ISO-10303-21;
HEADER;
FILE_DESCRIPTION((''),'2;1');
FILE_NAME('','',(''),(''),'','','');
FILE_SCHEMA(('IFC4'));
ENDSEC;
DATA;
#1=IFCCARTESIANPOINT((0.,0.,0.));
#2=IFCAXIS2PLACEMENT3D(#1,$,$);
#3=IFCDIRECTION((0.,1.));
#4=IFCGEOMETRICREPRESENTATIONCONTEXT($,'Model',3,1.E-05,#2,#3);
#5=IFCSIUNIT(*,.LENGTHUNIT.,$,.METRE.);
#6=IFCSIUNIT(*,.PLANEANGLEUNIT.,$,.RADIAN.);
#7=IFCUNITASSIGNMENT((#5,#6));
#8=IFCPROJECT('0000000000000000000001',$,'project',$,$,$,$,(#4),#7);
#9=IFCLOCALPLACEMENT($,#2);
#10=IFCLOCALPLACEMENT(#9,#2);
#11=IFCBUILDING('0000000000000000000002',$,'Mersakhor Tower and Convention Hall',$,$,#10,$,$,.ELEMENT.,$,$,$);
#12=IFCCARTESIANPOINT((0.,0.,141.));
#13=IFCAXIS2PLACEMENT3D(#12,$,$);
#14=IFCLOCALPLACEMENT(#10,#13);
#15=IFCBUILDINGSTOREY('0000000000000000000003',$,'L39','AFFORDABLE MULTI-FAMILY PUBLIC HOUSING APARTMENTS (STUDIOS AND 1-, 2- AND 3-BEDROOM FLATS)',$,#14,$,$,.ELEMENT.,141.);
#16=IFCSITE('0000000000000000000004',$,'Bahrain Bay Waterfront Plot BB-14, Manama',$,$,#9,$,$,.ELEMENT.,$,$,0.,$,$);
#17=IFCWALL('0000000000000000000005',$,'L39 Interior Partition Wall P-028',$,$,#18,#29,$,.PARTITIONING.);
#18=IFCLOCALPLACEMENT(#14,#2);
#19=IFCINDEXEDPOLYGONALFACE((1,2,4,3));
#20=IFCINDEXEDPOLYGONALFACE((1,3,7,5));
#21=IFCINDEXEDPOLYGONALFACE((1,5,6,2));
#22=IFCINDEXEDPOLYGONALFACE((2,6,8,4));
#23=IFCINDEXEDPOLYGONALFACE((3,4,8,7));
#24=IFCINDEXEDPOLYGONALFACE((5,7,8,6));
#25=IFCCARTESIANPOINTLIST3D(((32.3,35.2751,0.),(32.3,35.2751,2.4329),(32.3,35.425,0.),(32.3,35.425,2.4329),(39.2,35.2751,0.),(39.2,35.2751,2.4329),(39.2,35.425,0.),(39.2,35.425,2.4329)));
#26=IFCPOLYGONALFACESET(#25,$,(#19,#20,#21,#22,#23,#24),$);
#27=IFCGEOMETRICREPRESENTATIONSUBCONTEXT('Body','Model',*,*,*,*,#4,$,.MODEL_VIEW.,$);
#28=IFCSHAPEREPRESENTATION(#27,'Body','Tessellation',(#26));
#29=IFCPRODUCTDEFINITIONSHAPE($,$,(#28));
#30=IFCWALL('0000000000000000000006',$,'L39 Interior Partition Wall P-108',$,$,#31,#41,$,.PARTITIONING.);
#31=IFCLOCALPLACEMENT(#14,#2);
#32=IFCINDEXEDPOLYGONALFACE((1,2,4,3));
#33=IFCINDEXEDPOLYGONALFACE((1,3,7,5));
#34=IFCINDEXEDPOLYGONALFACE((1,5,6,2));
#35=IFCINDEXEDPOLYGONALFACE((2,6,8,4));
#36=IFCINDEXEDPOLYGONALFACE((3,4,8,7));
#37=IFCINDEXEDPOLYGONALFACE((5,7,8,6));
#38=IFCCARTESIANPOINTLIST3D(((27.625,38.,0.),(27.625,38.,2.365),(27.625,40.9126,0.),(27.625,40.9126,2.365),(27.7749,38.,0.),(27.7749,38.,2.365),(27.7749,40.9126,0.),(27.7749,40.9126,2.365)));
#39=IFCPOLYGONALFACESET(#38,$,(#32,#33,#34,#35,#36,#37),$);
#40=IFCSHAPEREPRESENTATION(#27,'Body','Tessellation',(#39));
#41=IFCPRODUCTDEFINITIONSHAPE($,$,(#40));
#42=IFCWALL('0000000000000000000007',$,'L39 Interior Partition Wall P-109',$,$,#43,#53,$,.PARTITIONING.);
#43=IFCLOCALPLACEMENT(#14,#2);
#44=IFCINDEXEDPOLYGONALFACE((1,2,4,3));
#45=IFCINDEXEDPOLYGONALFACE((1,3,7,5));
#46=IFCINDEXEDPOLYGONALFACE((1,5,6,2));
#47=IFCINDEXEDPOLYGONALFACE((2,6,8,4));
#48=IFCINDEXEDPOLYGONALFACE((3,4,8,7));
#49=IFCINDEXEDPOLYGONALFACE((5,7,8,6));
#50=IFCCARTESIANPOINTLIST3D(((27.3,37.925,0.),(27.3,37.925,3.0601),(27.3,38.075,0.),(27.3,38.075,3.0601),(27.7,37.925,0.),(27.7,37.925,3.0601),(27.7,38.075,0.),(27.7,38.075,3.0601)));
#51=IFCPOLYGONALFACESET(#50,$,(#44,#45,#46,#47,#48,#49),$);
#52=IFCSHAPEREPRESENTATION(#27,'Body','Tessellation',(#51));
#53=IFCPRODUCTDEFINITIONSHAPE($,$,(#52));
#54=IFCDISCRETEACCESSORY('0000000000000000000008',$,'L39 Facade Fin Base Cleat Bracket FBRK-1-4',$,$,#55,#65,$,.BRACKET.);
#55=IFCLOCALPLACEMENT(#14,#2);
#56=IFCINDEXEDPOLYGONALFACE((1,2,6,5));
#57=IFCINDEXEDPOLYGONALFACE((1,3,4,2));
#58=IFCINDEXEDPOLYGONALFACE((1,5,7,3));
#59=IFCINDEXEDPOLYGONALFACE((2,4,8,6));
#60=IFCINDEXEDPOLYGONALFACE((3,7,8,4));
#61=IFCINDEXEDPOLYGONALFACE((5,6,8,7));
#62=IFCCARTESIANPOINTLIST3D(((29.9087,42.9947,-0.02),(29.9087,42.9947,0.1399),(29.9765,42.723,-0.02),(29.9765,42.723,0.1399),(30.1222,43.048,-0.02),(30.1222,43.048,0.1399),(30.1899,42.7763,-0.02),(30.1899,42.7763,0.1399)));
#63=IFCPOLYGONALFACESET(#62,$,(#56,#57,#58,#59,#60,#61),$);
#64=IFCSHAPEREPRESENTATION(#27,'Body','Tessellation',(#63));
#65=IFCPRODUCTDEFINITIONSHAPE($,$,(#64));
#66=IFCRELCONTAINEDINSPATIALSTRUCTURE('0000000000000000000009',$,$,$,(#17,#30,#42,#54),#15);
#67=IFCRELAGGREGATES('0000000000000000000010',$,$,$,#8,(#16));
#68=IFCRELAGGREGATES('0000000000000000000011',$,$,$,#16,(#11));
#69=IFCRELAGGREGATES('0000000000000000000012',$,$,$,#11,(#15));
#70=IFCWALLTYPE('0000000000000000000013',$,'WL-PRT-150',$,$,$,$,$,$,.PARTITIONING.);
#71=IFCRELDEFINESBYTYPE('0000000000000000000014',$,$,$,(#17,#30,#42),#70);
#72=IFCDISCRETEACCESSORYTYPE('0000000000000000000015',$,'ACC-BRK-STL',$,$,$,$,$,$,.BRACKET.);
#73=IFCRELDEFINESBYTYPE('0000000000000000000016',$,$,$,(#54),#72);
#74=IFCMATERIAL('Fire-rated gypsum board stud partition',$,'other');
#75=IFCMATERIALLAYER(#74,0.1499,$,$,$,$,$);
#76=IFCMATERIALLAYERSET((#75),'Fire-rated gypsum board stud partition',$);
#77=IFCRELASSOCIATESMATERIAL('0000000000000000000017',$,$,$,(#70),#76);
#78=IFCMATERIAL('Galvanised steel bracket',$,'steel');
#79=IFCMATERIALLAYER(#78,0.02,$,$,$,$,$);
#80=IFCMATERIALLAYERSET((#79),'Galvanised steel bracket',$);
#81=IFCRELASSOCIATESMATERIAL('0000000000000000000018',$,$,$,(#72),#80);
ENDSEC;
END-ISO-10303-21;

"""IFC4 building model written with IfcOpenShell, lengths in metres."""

from ifc_helpers import new_model, si_unit, direction, frame, frame_2d, origin, origin_2d, place, context, subcontext, project, spatial, rectangle, extrude, material, layer, layer_set, type_object, element, save


model = new_model("IFC4")

# Units and contexts
model_context = context("Model", 3, precision=1e-05, world=origin(), true_north=direction((0.0, 1.0)))
body_context = subcontext(model_context, "Body", "Model", "MODEL_VIEW")
ifc_project = project(units=[si_unit("LENGTHUNIT", "METRE"), si_unit("PLANEANGLEUNIT", "RADIAN")], contexts=[model_context])

# Site, building, storey
site_placement = place(None, origin())
site = spatial("IfcSite", under=ifc_project, at=site_placement, Name="Bahrain Bay Waterfront Plot BB-14, Manama", CompositionType="ELEMENT", RefElevation=0.0)
building_placement = place(site_placement, origin())
building = spatial("IfcBuilding", under=site, at=building_placement, Name="Mersakhor Tower and Convention Hall", CompositionType="ELEMENT")
storey_placement = place(building_placement, frame((0.0, 0.0, 141.0)))
storey = spatial("IfcBuildingStorey", under=building, at=storey_placement, Name="L39", Description="AFFORDABLE MULTI-FAMILY PUBLIC HOUSING APARTMENTS (STUDIOS AND 1-, 2- AND 3-BEDROOM FLATS)", CompositionType="ELEMENT", Elevation=141.0)

# Shared definitions
ifc_material_1 = material(Name="Fire-rated gypsum board stud partition", Category="other")
ifc_layer_1 = layer(ifc_material_1, 0.1499)
ifc_layer_set_1 = layer_set([ifc_layer_1], Name="Fire-rated gypsum board stud partition")
wall_type_1 = type_object("IfcWallType", Name="WL-PRT-150", PredefinedType="PARTITIONING", material=ifc_layer_set_1)

# Walls
wall_1_placement = place(storey_placement, frame((32.3, 35.3501, 0.0), z_axis=(0.0, 0.0, 1.0), x_axis=(1.0, 0.0, 0.0)))
element("IfcWall", 1, at=wall_1_placement, inside=storey, type_object=wall_type_1, Name="L39 Interior Partition Wall P-028", PredefinedType="PARTITIONING", context=body_context, shape_type="SweptSolid", body=[
    extrude(rectangle(XDim=6.8999, YDim=0.1499, at=frame_2d((3.45, 0.0))), origin(), (0.0, 0.0, 1.0), 2.4329),
])
wall_2_placement = place(storey_placement, frame((27.7, 40.9126, 0.0), z_axis=(0.0, 0.0, 1.0), x_axis=(0.0, -1.0, 0.0)))
element("IfcWall", 2, at=wall_2_placement, inside=storey, type_object=wall_type_1, Name="L39 Interior Partition Wall P-108", PredefinedType="PARTITIONING", context=body_context, shape_type="SweptSolid", body=[
    extrude(rectangle(XDim=2.9126, YDim=0.1499, at=frame_2d((1.4563, 0.0))), origin(), (0.0, 0.0, 1.0), 2.365),
])
wall_3_placement = place(storey_placement, frame((27.7, 38.0, 0.0), z_axis=(0.0, 0.0, 1.0), x_axis=(-1.0, 0.0, 0.0)))
element("IfcWall", 3, at=wall_3_placement, inside=storey, type_object=wall_type_1, Name="L39 Interior Partition Wall P-109", PredefinedType="PARTITIONING", context=body_context, shape_type="SweptSolid", body=[
    extrude(rectangle(XDim=0.3999, YDim=0.1499, at=frame_2d((0.2, 0.0))), origin(), (0.0, 0.0, 1.0), 3.0601),
])

# Discrete accessory
ifc_material_2 = material(Name="Galvanised steel bracket", Category="steel")
ifc_layer_2 = layer(ifc_material_2, 0.02)
ifc_layer_set_2 = layer_set([ifc_layer_2], Name="Galvanised steel bracket")
discrete_accessory_type = type_object("IfcDiscreteAccessoryType", Name="ACC-BRK-STL", PredefinedType="BRACKET", material=ifc_layer_set_2)
discrete_accessory_placement = place(storey_placement, frame((30.0493, 42.8855, -0.02), z_axis=(0.0, 0.0, 1.0), x_axis=(-0.241922, 0.970296, 0.0)))
element("IfcDiscreteAccessory", 4, at=discrete_accessory_placement, inside=storey, type_object=discrete_accessory_type, Name="L39 Facade Fin Base Cleat Bracket FBRK-1-4", PredefinedType="BRACKET", context=body_context, shape_type="SweptSolid", body=[
    extrude(rectangle(XDim=0.28, YDim=0.22, at=origin_2d()), origin(), (0.0, 0.0, 1.0), 0.1599),
])

save(model, "model.ifc")
